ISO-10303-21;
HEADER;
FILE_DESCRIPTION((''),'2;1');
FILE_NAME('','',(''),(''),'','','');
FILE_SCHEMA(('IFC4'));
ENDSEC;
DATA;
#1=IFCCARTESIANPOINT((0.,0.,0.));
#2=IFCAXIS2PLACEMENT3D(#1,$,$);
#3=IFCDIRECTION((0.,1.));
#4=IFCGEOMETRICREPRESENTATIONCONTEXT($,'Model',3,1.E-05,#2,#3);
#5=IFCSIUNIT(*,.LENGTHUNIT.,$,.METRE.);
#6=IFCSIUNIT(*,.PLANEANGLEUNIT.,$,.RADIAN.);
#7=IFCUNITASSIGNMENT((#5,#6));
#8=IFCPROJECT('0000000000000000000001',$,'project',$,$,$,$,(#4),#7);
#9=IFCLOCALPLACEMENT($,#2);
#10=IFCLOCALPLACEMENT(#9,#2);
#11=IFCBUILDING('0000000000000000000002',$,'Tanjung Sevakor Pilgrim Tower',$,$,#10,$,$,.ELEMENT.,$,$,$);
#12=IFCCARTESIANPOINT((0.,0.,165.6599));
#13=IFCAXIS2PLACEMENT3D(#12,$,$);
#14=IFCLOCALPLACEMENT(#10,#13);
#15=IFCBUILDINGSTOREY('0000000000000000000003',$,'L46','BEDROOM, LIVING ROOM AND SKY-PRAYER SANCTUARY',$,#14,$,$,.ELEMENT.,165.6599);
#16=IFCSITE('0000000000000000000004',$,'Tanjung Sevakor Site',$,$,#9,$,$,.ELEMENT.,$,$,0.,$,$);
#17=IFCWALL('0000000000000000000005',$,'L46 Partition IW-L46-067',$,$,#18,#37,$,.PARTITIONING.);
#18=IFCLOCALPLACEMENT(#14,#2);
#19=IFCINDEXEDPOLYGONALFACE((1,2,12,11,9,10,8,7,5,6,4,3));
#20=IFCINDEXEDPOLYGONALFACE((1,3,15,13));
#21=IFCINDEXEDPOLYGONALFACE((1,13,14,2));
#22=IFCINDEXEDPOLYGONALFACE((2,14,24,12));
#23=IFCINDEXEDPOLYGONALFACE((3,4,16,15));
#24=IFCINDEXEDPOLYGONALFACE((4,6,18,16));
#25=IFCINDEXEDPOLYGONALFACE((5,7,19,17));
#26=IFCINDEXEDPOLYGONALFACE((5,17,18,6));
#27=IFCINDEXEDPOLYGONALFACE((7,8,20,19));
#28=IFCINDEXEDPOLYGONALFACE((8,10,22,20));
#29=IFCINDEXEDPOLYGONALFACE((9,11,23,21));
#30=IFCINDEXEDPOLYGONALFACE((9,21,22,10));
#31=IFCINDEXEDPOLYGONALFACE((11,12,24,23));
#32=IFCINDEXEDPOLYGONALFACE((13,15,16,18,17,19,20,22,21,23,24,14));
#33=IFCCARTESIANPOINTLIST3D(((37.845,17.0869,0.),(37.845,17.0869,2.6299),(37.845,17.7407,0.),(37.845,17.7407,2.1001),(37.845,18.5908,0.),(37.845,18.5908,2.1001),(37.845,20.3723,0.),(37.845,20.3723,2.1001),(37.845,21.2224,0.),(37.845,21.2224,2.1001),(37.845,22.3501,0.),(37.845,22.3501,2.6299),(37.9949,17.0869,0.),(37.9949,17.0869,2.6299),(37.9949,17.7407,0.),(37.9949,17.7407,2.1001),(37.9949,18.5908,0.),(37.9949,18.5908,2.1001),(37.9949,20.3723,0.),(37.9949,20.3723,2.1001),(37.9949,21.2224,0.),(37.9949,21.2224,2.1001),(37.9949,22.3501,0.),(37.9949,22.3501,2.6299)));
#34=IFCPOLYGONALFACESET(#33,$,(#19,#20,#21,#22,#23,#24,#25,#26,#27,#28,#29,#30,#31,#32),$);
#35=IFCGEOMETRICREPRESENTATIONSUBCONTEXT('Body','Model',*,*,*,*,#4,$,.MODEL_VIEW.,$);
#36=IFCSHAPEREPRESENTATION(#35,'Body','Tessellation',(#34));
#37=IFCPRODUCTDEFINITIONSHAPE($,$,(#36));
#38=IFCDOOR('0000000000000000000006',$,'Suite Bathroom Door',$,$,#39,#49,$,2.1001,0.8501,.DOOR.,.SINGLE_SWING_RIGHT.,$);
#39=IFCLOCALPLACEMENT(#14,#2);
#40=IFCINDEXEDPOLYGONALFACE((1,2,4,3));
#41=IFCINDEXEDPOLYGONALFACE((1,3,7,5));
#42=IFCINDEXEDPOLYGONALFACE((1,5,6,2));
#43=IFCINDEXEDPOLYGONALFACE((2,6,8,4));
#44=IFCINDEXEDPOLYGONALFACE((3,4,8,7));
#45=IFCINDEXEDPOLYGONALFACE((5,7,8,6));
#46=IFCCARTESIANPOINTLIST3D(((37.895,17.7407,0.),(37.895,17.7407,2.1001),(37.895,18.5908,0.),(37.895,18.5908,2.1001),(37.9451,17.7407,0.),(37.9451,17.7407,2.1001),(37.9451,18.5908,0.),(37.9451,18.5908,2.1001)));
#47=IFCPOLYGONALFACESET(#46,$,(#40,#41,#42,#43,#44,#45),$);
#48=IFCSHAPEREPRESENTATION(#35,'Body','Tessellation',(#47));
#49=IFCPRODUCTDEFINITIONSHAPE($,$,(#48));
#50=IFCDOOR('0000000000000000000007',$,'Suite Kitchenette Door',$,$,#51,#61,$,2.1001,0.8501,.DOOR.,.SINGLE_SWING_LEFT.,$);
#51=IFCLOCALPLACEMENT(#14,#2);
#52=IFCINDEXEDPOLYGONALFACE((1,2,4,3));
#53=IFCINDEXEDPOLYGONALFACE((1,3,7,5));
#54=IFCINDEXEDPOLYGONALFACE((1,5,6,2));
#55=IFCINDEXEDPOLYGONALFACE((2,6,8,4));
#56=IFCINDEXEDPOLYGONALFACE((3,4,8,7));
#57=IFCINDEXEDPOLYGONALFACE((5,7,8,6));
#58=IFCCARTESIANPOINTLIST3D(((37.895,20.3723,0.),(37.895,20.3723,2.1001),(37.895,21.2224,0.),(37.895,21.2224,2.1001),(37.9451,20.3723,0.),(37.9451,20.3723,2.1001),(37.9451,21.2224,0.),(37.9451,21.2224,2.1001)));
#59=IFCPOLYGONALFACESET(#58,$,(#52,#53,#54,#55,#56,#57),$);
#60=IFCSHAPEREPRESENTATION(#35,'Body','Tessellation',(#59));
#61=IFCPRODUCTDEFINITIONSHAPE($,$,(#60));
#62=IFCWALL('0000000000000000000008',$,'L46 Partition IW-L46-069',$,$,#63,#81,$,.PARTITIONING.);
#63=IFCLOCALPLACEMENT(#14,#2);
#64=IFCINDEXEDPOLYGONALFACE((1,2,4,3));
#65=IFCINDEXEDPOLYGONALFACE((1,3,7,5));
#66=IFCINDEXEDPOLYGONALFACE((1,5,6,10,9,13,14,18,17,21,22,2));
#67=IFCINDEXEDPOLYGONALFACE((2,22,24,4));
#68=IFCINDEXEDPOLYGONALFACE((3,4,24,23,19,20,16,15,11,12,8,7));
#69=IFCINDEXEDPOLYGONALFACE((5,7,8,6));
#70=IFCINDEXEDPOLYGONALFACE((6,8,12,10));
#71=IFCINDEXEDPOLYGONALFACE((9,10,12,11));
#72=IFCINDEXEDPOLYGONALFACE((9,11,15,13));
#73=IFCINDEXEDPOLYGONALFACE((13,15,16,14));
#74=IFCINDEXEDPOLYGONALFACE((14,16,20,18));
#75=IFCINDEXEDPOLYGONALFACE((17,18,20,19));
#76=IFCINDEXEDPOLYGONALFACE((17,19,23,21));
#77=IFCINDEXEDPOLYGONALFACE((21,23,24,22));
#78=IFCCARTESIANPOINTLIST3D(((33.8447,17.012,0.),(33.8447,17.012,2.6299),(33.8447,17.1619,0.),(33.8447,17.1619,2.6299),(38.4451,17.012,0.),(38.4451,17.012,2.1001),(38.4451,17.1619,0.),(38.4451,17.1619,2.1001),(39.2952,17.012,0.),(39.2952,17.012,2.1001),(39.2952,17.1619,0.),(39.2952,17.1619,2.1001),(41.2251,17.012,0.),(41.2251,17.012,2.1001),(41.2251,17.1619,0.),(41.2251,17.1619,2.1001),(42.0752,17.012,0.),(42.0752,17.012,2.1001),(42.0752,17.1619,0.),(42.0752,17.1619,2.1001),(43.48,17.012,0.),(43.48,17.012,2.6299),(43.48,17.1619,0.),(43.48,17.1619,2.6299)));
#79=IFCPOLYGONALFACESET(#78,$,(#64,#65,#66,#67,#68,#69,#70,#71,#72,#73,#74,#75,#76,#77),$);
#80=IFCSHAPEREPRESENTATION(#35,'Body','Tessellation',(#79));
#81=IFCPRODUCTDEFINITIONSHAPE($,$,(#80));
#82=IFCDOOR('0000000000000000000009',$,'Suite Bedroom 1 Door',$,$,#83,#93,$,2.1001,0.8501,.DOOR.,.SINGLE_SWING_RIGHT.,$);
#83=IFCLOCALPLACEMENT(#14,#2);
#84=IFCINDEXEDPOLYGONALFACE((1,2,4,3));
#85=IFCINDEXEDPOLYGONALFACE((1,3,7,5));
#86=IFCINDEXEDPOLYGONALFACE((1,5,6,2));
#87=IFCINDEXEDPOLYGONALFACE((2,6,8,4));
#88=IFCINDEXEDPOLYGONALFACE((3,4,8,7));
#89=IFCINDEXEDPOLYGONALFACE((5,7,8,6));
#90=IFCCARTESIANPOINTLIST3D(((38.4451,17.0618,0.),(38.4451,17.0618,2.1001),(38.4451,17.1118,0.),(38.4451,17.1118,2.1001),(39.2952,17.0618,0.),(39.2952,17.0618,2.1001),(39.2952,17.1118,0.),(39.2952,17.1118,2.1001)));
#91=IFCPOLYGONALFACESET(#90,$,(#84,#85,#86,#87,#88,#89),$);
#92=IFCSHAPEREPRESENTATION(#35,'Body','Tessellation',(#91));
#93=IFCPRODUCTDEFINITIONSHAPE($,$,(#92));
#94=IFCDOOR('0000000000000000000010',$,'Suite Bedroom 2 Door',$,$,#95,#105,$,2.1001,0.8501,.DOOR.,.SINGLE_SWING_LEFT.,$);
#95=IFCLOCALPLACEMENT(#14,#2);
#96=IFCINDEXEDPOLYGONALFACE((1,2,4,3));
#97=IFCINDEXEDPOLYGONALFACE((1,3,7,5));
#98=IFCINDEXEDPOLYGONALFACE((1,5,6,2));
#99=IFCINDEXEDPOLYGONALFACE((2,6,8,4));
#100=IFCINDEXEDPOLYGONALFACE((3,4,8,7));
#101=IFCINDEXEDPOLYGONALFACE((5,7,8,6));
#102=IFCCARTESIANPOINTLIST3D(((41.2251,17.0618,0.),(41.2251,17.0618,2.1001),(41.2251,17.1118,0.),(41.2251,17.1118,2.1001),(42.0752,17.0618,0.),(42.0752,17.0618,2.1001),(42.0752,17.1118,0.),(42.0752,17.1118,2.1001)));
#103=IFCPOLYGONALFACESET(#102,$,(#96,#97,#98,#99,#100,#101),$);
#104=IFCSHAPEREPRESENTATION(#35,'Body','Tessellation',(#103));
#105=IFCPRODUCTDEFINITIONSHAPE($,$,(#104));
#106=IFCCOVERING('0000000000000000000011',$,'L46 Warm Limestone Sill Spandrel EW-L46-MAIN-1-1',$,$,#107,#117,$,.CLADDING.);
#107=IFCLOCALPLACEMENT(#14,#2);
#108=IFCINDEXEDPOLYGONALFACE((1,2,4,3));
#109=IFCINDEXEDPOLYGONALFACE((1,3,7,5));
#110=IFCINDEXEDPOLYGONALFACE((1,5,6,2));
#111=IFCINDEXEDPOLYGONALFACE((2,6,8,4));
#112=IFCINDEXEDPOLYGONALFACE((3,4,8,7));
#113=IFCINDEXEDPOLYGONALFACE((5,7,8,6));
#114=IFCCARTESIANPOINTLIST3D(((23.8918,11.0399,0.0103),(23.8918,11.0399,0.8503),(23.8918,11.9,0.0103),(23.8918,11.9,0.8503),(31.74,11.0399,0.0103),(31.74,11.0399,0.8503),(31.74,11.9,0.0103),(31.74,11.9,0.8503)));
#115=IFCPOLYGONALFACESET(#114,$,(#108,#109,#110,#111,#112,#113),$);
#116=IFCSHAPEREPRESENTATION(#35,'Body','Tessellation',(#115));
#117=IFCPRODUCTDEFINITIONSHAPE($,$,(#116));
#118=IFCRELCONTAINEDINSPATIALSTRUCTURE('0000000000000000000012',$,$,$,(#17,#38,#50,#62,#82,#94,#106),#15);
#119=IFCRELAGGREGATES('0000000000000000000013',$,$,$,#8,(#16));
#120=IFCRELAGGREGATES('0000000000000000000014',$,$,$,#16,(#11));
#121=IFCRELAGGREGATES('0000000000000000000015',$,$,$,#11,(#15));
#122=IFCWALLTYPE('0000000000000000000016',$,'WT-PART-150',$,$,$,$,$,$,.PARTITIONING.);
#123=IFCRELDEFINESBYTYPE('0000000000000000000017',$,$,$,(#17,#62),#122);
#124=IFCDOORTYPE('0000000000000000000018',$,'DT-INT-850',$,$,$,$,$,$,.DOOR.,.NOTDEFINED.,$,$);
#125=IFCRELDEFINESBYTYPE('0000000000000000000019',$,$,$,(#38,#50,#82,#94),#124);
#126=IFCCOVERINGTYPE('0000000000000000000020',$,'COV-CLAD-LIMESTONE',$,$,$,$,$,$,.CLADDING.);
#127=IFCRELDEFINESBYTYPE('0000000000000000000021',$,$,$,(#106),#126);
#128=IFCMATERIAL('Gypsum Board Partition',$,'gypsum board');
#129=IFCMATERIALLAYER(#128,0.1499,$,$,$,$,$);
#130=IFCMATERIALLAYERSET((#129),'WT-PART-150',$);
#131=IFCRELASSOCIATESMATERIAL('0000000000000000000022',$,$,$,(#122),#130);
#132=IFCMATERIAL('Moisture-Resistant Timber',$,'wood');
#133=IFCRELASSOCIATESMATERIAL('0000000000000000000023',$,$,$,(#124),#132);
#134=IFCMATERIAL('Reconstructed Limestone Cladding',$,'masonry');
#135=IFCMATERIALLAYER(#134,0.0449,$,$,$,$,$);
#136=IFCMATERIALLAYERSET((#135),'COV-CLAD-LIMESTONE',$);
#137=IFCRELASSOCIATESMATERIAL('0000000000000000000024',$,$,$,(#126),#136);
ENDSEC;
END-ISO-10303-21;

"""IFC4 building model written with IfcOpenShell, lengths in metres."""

from ifc_helpers import new_model, si_unit, direction, frame, frame_2d, origin, origin_2d, place, context, subcontext, project, spatial, rectangle, extrude, material, layer, layer_set, type_object, element, fill, save


model = new_model("IFC4")

# Units and contexts
model_context = context("Model", 3, precision=1e-05, world=origin(), true_north=direction((0.0, 1.0)))
body_context = subcontext(model_context, "Body", "Model", "MODEL_VIEW")
ifc_project = project(units=[si_unit("LENGTHUNIT", "METRE"), si_unit("PLANEANGLEUNIT", "RADIAN")], contexts=[model_context])

# Site, building, storey
site_placement = place(None, origin())
site = spatial("IfcSite", under=ifc_project, at=site_placement, Name="Tanjung Sevakor Site", CompositionType="ELEMENT", RefElevation=0.0)
building_placement = place(site_placement, origin())
building = spatial("IfcBuilding", under=site, at=building_placement, Name="Tanjung Sevakor Pilgrim Tower", CompositionType="ELEMENT")
storey_placement = place(building_placement, frame((0.0, 0.0, 165.6599)))
storey = spatial("IfcBuildingStorey", under=building, at=storey_placement, Name="L46", Description="BEDROOM, LIVING ROOM AND SKY-PRAYER SANCTUARY", CompositionType="ELEMENT", Elevation=165.6599)

# Shared definitions
ifc_material_1 = material(Name="Gypsum Board Partition", Category="gypsum board")
ifc_layer_1 = layer(ifc_material_1, 0.1499)
ifc_layer_set_1 = layer_set([ifc_layer_1], Name="WT-PART-150")
wall_type_1 = type_object("IfcWallType", Name="WT-PART-150", PredefinedType="PARTITIONING", material=ifc_layer_set_1)

# Walls, openings, doors
wall_1_placement = place(storey_placement, frame((37.9199, 17.0869, 0.0), z_axis=(0.0, 0.0, 1.0), x_axis=(0.0, 1.0, 0.0)))
wall_1 = element("IfcWall", 1, at=wall_1_placement, inside=storey, type_object=wall_type_1, Name="L46 Partition IW-L46-067", PredefinedType="PARTITIONING", context=body_context, shape_type="SweptSolid", body=[
    extrude(rectangle(XDim=5.2632, YDim=0.1499, at=frame_2d((2.6316, 0.0))), origin(), (0.0, 0.0, 1.0), 2.6299),
])
opening_1_placement = place(wall_1_placement, frame((0.6538, 0.0, 0.0)))
opening_1 = element("IfcOpeningElement", 2, at=opening_1_placement, cuts=wall_1, PredefinedType="OPENING", context=body_context, shape_type="SweptSolid", body=[
    extrude(rectangle(XDim=0.8501, YDim=2.1001, at=frame_2d((0.425, 1.05))), frame((0.0, 0.085, 0.0), z_axis=(0.0, -1.0, 0.0), x_axis=(1.0, 0.0, 0.0)), (0.0, 0.0, 1.0), 0.1699),
])
opening_2_placement = place(wall_1_placement, frame((3.2854, 0.0, 0.0)))
opening_2 = element("IfcOpeningElement", 3, at=opening_2_placement, cuts=wall_1, PredefinedType="OPENING", context=body_context, shape_type="SweptSolid", body=[
    extrude(rectangle(XDim=0.8501, YDim=2.1001, at=frame_2d((0.425, 1.05))), frame((0.0, 0.085, 0.0), z_axis=(0.0, -1.0, 0.0), x_axis=(1.0, 0.0, 0.0)), (0.0, 0.0, 1.0), 0.1699),
])
ifc_material_2 = material(Name="Moisture-Resistant Timber", Category="wood")
door_type = type_object("IfcDoorType", Name="DT-INT-850", OperationType="NOTDEFINED", PredefinedType="DOOR", material=ifc_material_2)
door_1_placement = place(opening_1_placement, origin())
door_1 = element("IfcDoor", 4, at=door_1_placement, inside=storey, type_object=door_type, Name="Suite Bathroom Door", OperationType="SINGLE_SWING_RIGHT", OverallHeight=2.1001, OverallWidth=0.8501, PredefinedType="DOOR", context=body_context, shape_type="SweptSolid", body=[
    extrude(rectangle(XDim=0.8501, YDim=2.1001, at=frame_2d((0.425, 1.05))), frame((0.0, 0.0249, 0.0), z_axis=(0.0, -1.0, 0.0), x_axis=(1.0, 0.0, 0.0)), (0.0, 0.0, 1.0), 0.05),
])
fill(opening_1, door_1)
door_2_placement = place(opening_2_placement, origin())
door_2 = element("IfcDoor", 5, at=door_2_placement, inside=storey, type_object=door_type, Name="Suite Kitchenette Door", OperationType="SINGLE_SWING_LEFT", OverallHeight=2.1001, OverallWidth=0.8501, PredefinedType="DOOR", context=body_context, shape_type="SweptSolid", body=[
    extrude(rectangle(XDim=0.8501, YDim=2.1001, at=frame_2d((0.425, 1.05))), frame((0.0, 0.0249, 0.0), z_axis=(0.0, -1.0, 0.0), x_axis=(1.0, 0.0, 0.0)), (0.0, 0.0, 1.0), 0.05),
])
fill(opening_2, door_2)
wall_2_placement = place(storey_placement, frame((33.8447, 17.0869, 0.0), z_axis=(0.0, 0.0, 1.0), x_axis=(1.0, 0.0, 0.0)))
wall_2 = element("IfcWall", 6, at=wall_2_placement, inside=storey, type_object=wall_type_1, Name="L46 Partition IW-L46-069", PredefinedType="PARTITIONING", context=body_context, shape_type="SweptSolid", body=[
    extrude(rectangle(XDim=9.6353, YDim=0.1499, at=frame_2d((4.8176, 0.0))), origin(), (0.0, 0.0, 1.0), 2.6299),
])
opening_3_placement = place(wall_2_placement, frame((4.6003, 0.0, 0.0)))
opening_3 = element("IfcOpeningElement", 7, at=opening_3_placement, cuts=wall_2, PredefinedType="OPENING", context=body_context, shape_type="SweptSolid", body=[
    extrude(rectangle(XDim=0.8501, YDim=2.1001, at=frame_2d((0.425, 1.05))), frame((0.0, 0.085, 0.0), z_axis=(0.0, -1.0, 0.0), x_axis=(1.0, 0.0, 0.0)), (0.0, 0.0, 1.0), 0.1699),
])
opening_4_placement = place(wall_2_placement, frame((7.3804, 0.0, 0.0)))
opening_4 = element("IfcOpeningElement", 8, at=opening_4_placement, cuts=wall_2, PredefinedType="OPENING", context=body_context, shape_type="SweptSolid", body=[
    extrude(rectangle(XDim=0.8501, YDim=2.1001, at=frame_2d((0.425, 1.05))), frame((0.0, 0.085, 0.0), z_axis=(0.0, -1.0, 0.0), x_axis=(1.0, 0.0, 0.0)), (0.0, 0.0, 1.0), 0.1699),
])
door_3_placement = place(opening_3_placement, origin())
door_3 = element("IfcDoor", 9, at=door_3_placement, inside=storey, type_object=door_type, Name="Suite Bedroom 1 Door", OperationType="SINGLE_SWING_RIGHT", OverallHeight=2.1001, OverallWidth=0.8501, PredefinedType="DOOR", context=body_context, shape_type="SweptSolid", body=[
    extrude(rectangle(XDim=0.8501, YDim=2.1001, at=frame_2d((0.425, 1.05))), frame((0.0, 0.0249, 0.0), z_axis=(0.0, -1.0, 0.0), x_axis=(1.0, 0.0, 0.0)), (0.0, 0.0, 1.0), 0.05),
])
fill(opening_3, door_3)
door_4_placement = place(opening_4_placement, origin())
door_4 = element("IfcDoor", 10, at=door_4_placement, inside=storey, type_object=door_type, Name="Suite Bedroom 2 Door", OperationType="SINGLE_SWING_LEFT", OverallHeight=2.1001, OverallWidth=0.8501, PredefinedType="DOOR", context=body_context, shape_type="SweptSolid", body=[
    extrude(rectangle(XDim=0.8501, YDim=2.1001, at=frame_2d((0.425, 1.05))), frame((0.0, 0.0249, 0.0), z_axis=(0.0, -1.0, 0.0), x_axis=(1.0, 0.0, 0.0)), (0.0, 0.0, 1.0), 0.05),
])
fill(opening_4, door_4)

# Covering
ifc_material_3 = material(Name="Reconstructed Limestone Cladding", Category="masonry")
ifc_layer_2 = layer(ifc_material_3, 0.0449)
ifc_layer_set_2 = layer_set([ifc_layer_2], Name="COV-CLAD-LIMESTONE")
covering_type = type_object("IfcCoveringType", Name="COV-CLAD-LIMESTONE", PredefinedType="CLADDING", material=ifc_layer_set_2)
covering_placement = place(storey_placement, frame((27.8159, 11.47, 0.0103), z_axis=(0.0, 0.0, 1.0), x_axis=(1.0, 0.0, 0.0)))
element("IfcCovering", 11, at=covering_placement, inside=storey, type_object=covering_type, Name="L46 Warm Limestone Sill Spandrel EW-L46-MAIN-1-1", PredefinedType="CLADDING", context=body_context, shape_type="SweptSolid", body=[
    extrude(rectangle(XDim=7.8481, YDim=0.8601, at=origin_2d()), origin(), (0.0, 0.0, 1.0), 0.8401),
])

save(model, "model.ifc")
